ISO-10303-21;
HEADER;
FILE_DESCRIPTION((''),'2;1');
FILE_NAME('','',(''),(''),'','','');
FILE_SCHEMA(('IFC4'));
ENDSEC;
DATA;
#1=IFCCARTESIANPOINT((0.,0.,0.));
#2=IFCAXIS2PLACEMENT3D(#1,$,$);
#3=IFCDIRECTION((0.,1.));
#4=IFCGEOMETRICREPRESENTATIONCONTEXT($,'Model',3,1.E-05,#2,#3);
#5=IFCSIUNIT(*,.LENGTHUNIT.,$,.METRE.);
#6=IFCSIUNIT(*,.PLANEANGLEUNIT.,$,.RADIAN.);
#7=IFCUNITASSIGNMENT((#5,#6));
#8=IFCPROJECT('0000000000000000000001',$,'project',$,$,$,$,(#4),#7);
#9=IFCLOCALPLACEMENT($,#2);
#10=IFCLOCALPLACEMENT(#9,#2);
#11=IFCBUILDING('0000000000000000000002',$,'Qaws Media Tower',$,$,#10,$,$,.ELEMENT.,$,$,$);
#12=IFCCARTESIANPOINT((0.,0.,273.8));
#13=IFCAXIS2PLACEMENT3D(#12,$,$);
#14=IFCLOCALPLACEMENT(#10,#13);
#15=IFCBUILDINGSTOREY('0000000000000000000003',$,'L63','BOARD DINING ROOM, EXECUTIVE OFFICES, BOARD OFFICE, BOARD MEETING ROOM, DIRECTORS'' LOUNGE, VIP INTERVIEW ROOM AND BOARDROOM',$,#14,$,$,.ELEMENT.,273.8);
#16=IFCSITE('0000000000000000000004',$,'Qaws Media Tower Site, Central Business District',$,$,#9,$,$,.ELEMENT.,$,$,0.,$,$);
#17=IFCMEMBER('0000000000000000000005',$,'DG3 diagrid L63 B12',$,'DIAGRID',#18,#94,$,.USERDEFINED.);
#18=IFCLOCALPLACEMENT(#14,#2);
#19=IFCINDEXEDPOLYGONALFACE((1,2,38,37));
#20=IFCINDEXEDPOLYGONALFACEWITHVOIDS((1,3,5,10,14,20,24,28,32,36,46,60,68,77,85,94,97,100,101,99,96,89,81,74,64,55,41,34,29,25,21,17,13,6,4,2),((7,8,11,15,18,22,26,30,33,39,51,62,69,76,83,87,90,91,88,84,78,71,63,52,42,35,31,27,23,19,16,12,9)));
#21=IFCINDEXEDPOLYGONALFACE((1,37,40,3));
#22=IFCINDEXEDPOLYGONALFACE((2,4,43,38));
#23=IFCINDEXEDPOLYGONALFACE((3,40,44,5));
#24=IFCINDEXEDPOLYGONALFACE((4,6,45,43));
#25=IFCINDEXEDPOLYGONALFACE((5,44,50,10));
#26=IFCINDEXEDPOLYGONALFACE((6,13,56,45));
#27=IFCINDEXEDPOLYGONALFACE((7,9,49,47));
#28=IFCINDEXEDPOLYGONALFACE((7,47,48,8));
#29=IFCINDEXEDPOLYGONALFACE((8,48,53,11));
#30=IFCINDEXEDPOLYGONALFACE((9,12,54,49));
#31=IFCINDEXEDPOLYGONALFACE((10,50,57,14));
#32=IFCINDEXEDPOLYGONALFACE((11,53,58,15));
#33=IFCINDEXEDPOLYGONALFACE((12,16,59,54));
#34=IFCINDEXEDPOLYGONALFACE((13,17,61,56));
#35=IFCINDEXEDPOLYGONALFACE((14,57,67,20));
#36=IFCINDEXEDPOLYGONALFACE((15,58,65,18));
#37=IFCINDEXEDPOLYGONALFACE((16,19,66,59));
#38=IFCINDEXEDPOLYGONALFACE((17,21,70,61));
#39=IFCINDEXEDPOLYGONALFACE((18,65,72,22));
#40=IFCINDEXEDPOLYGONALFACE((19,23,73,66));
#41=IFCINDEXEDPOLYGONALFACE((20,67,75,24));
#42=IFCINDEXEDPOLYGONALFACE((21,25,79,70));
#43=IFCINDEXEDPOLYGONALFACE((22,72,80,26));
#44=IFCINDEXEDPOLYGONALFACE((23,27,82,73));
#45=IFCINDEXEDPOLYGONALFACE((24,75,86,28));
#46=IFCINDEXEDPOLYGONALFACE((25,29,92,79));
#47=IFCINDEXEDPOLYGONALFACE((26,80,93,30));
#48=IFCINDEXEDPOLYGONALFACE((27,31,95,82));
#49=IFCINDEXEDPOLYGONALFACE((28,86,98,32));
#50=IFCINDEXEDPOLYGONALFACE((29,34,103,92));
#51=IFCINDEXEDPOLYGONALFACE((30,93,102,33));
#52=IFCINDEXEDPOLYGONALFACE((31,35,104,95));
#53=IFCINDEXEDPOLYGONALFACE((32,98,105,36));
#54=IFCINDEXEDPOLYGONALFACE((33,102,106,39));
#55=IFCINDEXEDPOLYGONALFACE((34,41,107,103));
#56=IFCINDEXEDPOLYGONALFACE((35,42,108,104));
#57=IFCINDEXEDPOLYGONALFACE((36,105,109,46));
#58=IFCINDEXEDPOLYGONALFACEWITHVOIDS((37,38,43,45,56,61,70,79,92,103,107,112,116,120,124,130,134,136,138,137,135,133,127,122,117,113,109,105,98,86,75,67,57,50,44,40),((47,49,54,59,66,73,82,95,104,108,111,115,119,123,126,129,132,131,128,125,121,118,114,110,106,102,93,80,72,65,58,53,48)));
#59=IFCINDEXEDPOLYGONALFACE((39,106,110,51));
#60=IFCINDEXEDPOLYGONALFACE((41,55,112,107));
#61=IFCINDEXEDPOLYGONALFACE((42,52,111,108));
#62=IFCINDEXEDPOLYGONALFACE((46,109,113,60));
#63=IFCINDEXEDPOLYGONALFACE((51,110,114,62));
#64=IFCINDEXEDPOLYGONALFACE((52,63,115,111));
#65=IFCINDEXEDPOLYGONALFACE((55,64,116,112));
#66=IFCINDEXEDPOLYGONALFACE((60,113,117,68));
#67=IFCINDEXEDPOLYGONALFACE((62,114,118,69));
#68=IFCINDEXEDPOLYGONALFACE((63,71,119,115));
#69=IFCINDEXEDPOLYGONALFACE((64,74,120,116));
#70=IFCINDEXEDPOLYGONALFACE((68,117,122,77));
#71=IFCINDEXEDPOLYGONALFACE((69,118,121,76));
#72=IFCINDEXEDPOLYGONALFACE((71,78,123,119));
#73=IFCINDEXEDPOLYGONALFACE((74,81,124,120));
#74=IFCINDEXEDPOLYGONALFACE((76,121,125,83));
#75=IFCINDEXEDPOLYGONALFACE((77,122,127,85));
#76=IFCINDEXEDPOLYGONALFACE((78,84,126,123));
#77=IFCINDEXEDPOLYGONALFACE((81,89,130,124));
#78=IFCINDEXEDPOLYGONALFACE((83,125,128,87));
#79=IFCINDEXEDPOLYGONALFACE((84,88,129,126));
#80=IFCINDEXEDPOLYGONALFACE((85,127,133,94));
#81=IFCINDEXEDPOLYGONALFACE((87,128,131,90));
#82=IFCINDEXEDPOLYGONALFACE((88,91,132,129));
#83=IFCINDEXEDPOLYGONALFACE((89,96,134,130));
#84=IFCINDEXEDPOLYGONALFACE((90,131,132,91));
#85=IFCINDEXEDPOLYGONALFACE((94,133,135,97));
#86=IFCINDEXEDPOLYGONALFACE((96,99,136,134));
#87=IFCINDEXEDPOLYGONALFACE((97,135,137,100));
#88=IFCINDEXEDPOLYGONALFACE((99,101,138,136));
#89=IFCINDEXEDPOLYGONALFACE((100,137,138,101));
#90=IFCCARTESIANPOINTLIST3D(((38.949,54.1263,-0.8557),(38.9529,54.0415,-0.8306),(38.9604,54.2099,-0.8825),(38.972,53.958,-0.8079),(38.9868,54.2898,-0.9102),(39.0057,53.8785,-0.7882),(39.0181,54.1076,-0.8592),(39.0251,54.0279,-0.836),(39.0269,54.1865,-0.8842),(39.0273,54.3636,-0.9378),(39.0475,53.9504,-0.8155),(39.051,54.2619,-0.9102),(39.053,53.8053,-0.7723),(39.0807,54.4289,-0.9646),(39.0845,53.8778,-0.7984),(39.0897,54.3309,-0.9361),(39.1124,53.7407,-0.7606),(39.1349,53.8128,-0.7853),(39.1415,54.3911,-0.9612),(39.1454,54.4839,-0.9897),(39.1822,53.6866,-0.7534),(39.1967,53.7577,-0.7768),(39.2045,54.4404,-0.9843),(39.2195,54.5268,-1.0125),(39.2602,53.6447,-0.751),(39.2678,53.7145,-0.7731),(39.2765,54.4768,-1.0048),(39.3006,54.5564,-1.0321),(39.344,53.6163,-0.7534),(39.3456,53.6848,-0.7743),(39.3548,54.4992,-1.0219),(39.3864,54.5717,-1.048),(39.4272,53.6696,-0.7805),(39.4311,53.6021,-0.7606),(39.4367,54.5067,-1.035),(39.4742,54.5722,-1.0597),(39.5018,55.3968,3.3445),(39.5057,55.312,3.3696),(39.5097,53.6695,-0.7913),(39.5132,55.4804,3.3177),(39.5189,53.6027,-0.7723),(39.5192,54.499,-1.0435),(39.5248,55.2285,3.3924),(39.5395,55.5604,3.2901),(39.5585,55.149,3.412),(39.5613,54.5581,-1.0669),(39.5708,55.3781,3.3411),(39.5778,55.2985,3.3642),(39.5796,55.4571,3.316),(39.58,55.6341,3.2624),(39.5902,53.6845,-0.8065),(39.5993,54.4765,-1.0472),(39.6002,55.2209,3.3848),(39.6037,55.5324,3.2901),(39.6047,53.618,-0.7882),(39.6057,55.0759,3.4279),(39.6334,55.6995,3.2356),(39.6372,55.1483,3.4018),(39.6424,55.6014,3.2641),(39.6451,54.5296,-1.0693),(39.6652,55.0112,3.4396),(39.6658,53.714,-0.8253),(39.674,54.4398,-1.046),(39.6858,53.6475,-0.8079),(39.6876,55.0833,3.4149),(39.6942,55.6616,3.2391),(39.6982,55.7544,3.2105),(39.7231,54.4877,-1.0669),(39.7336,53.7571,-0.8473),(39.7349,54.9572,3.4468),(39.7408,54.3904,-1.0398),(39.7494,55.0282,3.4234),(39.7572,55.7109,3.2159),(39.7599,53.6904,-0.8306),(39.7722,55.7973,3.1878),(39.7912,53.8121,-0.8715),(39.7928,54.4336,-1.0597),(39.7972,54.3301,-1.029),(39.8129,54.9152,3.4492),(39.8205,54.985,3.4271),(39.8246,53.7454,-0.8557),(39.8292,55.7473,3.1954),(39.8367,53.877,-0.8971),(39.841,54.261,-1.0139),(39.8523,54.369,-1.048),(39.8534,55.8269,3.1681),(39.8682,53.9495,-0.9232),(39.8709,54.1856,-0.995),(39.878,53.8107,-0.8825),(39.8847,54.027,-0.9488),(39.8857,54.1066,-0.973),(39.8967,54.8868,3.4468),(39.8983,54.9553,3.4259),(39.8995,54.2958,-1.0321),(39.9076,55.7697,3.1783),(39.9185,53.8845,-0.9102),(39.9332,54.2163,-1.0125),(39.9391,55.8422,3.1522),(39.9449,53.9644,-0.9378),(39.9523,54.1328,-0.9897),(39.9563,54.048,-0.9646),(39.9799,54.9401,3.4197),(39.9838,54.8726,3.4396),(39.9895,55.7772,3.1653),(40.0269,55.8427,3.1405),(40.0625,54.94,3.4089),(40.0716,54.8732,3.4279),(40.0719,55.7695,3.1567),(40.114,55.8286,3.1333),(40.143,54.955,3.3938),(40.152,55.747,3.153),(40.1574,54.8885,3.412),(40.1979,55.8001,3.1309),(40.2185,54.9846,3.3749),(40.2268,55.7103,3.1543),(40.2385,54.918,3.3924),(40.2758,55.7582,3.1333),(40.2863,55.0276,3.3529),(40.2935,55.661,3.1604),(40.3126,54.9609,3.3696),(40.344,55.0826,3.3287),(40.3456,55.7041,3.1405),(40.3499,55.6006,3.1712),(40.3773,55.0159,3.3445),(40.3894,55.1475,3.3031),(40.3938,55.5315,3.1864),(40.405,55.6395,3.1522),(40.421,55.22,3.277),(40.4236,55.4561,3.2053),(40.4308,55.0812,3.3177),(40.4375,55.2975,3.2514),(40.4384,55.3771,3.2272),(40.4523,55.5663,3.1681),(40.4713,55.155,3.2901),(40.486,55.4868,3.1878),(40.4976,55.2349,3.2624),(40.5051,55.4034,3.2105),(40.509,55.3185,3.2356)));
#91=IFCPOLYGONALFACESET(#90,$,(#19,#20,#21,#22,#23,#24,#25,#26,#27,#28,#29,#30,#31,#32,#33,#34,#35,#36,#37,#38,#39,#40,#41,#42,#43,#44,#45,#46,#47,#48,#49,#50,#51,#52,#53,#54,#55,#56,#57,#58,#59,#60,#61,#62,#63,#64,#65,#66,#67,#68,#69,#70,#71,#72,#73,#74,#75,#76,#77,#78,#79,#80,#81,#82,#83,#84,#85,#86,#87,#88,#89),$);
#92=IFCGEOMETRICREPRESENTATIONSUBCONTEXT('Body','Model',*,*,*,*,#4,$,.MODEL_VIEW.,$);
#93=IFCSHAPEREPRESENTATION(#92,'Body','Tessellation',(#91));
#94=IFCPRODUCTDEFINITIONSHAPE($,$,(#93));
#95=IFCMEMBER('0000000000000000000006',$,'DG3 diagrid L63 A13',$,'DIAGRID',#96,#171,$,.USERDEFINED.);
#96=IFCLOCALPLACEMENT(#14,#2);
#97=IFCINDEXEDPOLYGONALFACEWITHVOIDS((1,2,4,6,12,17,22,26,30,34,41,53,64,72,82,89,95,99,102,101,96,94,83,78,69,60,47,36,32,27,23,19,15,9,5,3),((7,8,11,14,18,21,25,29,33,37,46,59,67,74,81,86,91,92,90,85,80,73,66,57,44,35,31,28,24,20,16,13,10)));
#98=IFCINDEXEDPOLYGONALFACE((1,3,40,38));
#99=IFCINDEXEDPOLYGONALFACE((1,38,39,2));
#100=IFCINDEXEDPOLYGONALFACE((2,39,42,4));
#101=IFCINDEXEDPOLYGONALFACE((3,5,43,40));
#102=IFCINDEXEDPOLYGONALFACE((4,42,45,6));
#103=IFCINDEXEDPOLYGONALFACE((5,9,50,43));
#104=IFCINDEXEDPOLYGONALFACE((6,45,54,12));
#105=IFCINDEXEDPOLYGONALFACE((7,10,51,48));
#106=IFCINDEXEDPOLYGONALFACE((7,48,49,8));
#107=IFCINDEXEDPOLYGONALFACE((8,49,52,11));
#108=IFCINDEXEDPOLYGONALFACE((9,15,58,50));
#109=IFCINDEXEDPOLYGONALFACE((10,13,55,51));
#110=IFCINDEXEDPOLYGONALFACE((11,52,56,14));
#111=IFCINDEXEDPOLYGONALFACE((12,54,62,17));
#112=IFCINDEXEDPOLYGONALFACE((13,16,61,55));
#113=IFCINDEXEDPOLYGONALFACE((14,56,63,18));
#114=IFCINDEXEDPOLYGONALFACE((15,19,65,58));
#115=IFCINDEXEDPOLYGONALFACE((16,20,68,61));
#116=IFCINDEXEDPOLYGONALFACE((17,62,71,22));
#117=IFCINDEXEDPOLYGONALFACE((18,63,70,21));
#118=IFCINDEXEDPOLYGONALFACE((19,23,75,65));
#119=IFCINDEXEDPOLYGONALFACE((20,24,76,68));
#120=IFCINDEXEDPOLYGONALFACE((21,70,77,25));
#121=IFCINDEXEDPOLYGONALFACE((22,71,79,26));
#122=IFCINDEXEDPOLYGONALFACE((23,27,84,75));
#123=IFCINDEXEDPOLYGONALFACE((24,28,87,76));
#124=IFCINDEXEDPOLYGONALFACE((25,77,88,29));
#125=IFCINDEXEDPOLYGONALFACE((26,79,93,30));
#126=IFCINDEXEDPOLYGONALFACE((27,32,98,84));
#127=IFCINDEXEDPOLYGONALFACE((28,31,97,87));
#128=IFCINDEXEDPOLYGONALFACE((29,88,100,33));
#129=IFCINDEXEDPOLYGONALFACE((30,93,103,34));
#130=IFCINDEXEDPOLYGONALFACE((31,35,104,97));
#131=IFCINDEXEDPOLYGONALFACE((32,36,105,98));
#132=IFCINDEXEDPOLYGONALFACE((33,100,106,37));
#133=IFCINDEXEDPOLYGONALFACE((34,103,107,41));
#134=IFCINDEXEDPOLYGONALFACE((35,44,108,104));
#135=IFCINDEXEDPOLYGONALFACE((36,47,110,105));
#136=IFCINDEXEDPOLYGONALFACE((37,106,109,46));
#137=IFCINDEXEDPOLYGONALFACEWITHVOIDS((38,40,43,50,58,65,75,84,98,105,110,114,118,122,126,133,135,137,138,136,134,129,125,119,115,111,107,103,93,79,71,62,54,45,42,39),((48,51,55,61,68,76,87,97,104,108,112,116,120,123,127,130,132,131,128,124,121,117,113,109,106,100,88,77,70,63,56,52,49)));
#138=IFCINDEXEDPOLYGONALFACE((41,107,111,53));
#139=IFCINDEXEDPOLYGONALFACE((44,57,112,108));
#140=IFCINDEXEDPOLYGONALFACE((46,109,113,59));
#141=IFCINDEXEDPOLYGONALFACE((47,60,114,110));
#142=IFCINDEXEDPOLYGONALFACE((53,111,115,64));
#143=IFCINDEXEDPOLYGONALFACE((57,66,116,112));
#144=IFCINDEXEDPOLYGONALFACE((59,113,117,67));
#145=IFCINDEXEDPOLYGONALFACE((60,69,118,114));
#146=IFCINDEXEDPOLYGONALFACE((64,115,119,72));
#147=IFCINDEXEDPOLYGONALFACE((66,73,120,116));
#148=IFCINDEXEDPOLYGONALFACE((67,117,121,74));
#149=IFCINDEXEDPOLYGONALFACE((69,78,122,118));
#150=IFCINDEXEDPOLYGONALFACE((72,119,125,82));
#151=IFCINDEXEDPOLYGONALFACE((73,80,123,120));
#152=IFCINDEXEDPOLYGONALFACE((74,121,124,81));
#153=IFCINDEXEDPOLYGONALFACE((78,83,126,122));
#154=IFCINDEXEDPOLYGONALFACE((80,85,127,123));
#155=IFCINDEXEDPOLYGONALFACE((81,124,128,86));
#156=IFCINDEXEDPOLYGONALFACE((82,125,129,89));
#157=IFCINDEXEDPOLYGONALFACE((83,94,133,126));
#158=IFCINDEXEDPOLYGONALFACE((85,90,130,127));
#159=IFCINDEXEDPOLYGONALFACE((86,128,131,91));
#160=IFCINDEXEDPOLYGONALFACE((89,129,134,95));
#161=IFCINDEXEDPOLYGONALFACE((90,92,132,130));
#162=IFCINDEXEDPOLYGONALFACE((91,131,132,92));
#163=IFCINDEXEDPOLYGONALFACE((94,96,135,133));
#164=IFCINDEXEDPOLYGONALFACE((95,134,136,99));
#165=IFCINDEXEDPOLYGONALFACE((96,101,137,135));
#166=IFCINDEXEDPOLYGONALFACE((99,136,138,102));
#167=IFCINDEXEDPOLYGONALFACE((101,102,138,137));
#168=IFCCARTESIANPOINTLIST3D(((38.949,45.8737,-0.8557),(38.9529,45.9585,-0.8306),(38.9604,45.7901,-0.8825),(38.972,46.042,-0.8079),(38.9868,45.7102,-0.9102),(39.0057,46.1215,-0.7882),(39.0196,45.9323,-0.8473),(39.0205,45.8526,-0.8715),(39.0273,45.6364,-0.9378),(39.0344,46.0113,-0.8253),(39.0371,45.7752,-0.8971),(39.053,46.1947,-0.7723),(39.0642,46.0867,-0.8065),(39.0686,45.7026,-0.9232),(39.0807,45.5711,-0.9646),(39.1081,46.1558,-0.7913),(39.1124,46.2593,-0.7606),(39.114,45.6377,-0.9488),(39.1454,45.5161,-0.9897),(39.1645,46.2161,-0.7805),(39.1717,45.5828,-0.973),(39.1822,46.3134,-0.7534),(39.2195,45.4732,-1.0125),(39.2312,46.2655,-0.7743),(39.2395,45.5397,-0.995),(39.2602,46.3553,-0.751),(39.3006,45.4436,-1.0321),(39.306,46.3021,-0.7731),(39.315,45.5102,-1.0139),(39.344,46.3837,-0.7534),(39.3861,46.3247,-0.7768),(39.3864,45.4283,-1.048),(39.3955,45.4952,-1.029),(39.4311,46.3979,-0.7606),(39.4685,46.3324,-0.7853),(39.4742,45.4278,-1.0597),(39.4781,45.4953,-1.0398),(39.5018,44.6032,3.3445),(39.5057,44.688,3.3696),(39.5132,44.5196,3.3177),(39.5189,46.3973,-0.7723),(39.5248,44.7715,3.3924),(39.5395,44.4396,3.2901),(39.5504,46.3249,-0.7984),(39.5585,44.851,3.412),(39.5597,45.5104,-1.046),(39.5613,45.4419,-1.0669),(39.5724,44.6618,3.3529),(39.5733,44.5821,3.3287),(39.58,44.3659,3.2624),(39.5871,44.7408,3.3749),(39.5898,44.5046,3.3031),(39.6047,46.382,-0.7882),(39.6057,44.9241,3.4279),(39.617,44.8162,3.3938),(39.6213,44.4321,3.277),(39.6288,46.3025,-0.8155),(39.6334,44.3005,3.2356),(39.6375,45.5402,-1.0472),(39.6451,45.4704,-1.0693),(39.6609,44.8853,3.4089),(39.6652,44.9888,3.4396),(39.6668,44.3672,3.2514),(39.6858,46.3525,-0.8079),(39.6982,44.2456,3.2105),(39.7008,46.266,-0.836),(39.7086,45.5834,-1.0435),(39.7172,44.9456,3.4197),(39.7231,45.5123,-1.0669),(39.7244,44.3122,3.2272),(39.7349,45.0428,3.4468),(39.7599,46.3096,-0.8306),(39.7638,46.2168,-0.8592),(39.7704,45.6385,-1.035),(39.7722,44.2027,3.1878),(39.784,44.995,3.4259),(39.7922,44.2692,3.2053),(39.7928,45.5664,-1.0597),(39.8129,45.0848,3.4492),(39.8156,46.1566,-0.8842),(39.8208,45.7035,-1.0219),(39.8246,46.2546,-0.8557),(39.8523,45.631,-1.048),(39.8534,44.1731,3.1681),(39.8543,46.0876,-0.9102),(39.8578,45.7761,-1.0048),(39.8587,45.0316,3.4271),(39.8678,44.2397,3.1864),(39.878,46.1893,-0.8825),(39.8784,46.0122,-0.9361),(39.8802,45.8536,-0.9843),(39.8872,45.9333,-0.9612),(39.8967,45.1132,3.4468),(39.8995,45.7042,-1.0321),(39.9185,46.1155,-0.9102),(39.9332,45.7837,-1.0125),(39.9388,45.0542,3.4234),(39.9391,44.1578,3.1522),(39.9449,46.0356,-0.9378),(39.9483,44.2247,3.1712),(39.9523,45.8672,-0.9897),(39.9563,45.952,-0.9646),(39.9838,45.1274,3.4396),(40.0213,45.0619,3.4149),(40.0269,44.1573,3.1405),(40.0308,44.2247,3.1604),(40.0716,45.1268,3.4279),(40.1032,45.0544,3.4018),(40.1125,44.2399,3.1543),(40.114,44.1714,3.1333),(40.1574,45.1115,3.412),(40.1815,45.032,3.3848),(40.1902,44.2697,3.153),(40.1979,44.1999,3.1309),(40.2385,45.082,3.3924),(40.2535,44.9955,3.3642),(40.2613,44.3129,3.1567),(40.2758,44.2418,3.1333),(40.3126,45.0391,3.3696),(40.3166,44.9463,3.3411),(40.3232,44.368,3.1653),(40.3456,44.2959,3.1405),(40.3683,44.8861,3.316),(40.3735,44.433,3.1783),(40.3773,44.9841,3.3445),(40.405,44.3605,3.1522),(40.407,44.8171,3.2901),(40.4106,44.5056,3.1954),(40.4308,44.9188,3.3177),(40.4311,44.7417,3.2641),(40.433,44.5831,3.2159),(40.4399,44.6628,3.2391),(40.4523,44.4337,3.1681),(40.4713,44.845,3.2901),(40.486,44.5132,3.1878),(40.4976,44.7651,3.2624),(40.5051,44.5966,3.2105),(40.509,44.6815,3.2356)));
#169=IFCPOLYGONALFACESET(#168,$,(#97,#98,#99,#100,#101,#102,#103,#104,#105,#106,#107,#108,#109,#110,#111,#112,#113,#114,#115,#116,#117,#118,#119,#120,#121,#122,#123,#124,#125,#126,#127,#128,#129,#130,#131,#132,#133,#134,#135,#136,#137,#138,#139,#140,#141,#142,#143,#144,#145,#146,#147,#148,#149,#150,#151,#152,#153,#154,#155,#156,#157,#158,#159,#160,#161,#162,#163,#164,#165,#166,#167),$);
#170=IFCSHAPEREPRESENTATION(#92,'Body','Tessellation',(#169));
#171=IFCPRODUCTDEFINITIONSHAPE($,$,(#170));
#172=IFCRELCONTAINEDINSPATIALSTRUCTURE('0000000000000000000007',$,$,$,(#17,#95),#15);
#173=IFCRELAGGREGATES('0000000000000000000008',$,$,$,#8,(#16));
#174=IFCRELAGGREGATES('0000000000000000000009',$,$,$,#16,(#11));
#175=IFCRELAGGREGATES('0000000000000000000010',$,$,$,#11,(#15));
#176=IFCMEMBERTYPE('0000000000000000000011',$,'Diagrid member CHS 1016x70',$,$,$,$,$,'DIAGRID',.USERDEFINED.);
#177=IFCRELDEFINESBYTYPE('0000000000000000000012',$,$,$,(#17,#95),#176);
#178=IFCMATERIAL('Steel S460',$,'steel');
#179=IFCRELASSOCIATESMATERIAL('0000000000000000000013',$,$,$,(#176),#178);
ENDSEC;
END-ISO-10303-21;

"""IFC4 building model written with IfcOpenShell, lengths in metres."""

from ifc_helpers import new_model, si_unit, direction, frame, origin, origin_2d, place, context, subcontext, project, spatial, hollow_circle, extrude, material, material_profile, profile_set, type_object, element, save


model = new_model("IFC4")

# Units and contexts
model_context = context("Model", 3, precision=1e-05, world=origin(), true_north=direction((0.0, 1.0)))
body_context = subcontext(model_context, "Body", "Model", "MODEL_VIEW")
ifc_project = project(units=[si_unit("LENGTHUNIT", "METRE"), si_unit("PLANEANGLEUNIT", "RADIAN")], contexts=[model_context])

# Site, building, storey
site_placement = place(None, origin())
site = spatial("IfcSite", under=ifc_project, at=site_placement, Name="Qaws Media Tower Site, Central Business District", CompositionType="ELEMENT", RefElevation=0.0)
building_placement = place(site_placement, origin())
building = spatial("IfcBuilding", under=site, at=building_placement, Name="Qaws Media Tower", CompositionType="ELEMENT")
storey_placement = place(building_placement, frame((0.0, 0.0, 273.8)))
storey = spatial("IfcBuildingStorey", under=building, at=storey_placement, Name="L63", Description="BOARD DINING ROOM, EXECUTIVE OFFICES, BOARD OFFICE, BOARD MEETING ROOM, DIRECTORS' LOUNGE, VIP INTERVIEW ROOM AND BOARDROOM", CompositionType="ELEMENT", Elevation=273.8)

# Members
ifc_material_1 = material(Name="Steel S460", Category="steel")
ifc_material_profile_1 = material_profile(ifc_material_1, hollow_circle(Radius=0.5081, WallThickness=0.0701, at=origin_2d()), Name="CHS 1016x70")
ifc_profile_set_1 = profile_set([ifc_material_profile_1], Name="Steel S460")
member_type_1 = type_object("IfcMemberType", Name="Diagrid member CHS 1016x70", ElementType="DIAGRID", PredefinedType="USERDEFINED", material=ifc_profile_set_1)
for number, where, z_axis, x_axis, name in (
    (1, (39.4526, 54.0872, -0.9102), (0.124973, 0.287262, 0.949664), (-0.91698, 0.398932, 0.0), "DG3 diagrid L63 B12"),
    (2, (39.4526, 45.9128, -0.9102), (0.124973, -0.287262, 0.949664), (0.91698, 0.398932, 0.0), "DG3 diagrid L63 A13"),
):
    element("IfcMember", number, at=place(storey_placement, frame(where, z_axis=z_axis, x_axis=x_axis)), inside=storey, type_object=member_type_1, Name=name, ObjectType="DIAGRID", PredefinedType="USERDEFINED", context=body_context, shape_type="SweptSolid", body=[
        extrude(hollow_circle(Radius=0.5081, WallThickness=0.0701, at=origin_2d()), origin(), (0.0, 0.0, 1.0), 4.4229),
    ])

save(model, "model.ifc")
